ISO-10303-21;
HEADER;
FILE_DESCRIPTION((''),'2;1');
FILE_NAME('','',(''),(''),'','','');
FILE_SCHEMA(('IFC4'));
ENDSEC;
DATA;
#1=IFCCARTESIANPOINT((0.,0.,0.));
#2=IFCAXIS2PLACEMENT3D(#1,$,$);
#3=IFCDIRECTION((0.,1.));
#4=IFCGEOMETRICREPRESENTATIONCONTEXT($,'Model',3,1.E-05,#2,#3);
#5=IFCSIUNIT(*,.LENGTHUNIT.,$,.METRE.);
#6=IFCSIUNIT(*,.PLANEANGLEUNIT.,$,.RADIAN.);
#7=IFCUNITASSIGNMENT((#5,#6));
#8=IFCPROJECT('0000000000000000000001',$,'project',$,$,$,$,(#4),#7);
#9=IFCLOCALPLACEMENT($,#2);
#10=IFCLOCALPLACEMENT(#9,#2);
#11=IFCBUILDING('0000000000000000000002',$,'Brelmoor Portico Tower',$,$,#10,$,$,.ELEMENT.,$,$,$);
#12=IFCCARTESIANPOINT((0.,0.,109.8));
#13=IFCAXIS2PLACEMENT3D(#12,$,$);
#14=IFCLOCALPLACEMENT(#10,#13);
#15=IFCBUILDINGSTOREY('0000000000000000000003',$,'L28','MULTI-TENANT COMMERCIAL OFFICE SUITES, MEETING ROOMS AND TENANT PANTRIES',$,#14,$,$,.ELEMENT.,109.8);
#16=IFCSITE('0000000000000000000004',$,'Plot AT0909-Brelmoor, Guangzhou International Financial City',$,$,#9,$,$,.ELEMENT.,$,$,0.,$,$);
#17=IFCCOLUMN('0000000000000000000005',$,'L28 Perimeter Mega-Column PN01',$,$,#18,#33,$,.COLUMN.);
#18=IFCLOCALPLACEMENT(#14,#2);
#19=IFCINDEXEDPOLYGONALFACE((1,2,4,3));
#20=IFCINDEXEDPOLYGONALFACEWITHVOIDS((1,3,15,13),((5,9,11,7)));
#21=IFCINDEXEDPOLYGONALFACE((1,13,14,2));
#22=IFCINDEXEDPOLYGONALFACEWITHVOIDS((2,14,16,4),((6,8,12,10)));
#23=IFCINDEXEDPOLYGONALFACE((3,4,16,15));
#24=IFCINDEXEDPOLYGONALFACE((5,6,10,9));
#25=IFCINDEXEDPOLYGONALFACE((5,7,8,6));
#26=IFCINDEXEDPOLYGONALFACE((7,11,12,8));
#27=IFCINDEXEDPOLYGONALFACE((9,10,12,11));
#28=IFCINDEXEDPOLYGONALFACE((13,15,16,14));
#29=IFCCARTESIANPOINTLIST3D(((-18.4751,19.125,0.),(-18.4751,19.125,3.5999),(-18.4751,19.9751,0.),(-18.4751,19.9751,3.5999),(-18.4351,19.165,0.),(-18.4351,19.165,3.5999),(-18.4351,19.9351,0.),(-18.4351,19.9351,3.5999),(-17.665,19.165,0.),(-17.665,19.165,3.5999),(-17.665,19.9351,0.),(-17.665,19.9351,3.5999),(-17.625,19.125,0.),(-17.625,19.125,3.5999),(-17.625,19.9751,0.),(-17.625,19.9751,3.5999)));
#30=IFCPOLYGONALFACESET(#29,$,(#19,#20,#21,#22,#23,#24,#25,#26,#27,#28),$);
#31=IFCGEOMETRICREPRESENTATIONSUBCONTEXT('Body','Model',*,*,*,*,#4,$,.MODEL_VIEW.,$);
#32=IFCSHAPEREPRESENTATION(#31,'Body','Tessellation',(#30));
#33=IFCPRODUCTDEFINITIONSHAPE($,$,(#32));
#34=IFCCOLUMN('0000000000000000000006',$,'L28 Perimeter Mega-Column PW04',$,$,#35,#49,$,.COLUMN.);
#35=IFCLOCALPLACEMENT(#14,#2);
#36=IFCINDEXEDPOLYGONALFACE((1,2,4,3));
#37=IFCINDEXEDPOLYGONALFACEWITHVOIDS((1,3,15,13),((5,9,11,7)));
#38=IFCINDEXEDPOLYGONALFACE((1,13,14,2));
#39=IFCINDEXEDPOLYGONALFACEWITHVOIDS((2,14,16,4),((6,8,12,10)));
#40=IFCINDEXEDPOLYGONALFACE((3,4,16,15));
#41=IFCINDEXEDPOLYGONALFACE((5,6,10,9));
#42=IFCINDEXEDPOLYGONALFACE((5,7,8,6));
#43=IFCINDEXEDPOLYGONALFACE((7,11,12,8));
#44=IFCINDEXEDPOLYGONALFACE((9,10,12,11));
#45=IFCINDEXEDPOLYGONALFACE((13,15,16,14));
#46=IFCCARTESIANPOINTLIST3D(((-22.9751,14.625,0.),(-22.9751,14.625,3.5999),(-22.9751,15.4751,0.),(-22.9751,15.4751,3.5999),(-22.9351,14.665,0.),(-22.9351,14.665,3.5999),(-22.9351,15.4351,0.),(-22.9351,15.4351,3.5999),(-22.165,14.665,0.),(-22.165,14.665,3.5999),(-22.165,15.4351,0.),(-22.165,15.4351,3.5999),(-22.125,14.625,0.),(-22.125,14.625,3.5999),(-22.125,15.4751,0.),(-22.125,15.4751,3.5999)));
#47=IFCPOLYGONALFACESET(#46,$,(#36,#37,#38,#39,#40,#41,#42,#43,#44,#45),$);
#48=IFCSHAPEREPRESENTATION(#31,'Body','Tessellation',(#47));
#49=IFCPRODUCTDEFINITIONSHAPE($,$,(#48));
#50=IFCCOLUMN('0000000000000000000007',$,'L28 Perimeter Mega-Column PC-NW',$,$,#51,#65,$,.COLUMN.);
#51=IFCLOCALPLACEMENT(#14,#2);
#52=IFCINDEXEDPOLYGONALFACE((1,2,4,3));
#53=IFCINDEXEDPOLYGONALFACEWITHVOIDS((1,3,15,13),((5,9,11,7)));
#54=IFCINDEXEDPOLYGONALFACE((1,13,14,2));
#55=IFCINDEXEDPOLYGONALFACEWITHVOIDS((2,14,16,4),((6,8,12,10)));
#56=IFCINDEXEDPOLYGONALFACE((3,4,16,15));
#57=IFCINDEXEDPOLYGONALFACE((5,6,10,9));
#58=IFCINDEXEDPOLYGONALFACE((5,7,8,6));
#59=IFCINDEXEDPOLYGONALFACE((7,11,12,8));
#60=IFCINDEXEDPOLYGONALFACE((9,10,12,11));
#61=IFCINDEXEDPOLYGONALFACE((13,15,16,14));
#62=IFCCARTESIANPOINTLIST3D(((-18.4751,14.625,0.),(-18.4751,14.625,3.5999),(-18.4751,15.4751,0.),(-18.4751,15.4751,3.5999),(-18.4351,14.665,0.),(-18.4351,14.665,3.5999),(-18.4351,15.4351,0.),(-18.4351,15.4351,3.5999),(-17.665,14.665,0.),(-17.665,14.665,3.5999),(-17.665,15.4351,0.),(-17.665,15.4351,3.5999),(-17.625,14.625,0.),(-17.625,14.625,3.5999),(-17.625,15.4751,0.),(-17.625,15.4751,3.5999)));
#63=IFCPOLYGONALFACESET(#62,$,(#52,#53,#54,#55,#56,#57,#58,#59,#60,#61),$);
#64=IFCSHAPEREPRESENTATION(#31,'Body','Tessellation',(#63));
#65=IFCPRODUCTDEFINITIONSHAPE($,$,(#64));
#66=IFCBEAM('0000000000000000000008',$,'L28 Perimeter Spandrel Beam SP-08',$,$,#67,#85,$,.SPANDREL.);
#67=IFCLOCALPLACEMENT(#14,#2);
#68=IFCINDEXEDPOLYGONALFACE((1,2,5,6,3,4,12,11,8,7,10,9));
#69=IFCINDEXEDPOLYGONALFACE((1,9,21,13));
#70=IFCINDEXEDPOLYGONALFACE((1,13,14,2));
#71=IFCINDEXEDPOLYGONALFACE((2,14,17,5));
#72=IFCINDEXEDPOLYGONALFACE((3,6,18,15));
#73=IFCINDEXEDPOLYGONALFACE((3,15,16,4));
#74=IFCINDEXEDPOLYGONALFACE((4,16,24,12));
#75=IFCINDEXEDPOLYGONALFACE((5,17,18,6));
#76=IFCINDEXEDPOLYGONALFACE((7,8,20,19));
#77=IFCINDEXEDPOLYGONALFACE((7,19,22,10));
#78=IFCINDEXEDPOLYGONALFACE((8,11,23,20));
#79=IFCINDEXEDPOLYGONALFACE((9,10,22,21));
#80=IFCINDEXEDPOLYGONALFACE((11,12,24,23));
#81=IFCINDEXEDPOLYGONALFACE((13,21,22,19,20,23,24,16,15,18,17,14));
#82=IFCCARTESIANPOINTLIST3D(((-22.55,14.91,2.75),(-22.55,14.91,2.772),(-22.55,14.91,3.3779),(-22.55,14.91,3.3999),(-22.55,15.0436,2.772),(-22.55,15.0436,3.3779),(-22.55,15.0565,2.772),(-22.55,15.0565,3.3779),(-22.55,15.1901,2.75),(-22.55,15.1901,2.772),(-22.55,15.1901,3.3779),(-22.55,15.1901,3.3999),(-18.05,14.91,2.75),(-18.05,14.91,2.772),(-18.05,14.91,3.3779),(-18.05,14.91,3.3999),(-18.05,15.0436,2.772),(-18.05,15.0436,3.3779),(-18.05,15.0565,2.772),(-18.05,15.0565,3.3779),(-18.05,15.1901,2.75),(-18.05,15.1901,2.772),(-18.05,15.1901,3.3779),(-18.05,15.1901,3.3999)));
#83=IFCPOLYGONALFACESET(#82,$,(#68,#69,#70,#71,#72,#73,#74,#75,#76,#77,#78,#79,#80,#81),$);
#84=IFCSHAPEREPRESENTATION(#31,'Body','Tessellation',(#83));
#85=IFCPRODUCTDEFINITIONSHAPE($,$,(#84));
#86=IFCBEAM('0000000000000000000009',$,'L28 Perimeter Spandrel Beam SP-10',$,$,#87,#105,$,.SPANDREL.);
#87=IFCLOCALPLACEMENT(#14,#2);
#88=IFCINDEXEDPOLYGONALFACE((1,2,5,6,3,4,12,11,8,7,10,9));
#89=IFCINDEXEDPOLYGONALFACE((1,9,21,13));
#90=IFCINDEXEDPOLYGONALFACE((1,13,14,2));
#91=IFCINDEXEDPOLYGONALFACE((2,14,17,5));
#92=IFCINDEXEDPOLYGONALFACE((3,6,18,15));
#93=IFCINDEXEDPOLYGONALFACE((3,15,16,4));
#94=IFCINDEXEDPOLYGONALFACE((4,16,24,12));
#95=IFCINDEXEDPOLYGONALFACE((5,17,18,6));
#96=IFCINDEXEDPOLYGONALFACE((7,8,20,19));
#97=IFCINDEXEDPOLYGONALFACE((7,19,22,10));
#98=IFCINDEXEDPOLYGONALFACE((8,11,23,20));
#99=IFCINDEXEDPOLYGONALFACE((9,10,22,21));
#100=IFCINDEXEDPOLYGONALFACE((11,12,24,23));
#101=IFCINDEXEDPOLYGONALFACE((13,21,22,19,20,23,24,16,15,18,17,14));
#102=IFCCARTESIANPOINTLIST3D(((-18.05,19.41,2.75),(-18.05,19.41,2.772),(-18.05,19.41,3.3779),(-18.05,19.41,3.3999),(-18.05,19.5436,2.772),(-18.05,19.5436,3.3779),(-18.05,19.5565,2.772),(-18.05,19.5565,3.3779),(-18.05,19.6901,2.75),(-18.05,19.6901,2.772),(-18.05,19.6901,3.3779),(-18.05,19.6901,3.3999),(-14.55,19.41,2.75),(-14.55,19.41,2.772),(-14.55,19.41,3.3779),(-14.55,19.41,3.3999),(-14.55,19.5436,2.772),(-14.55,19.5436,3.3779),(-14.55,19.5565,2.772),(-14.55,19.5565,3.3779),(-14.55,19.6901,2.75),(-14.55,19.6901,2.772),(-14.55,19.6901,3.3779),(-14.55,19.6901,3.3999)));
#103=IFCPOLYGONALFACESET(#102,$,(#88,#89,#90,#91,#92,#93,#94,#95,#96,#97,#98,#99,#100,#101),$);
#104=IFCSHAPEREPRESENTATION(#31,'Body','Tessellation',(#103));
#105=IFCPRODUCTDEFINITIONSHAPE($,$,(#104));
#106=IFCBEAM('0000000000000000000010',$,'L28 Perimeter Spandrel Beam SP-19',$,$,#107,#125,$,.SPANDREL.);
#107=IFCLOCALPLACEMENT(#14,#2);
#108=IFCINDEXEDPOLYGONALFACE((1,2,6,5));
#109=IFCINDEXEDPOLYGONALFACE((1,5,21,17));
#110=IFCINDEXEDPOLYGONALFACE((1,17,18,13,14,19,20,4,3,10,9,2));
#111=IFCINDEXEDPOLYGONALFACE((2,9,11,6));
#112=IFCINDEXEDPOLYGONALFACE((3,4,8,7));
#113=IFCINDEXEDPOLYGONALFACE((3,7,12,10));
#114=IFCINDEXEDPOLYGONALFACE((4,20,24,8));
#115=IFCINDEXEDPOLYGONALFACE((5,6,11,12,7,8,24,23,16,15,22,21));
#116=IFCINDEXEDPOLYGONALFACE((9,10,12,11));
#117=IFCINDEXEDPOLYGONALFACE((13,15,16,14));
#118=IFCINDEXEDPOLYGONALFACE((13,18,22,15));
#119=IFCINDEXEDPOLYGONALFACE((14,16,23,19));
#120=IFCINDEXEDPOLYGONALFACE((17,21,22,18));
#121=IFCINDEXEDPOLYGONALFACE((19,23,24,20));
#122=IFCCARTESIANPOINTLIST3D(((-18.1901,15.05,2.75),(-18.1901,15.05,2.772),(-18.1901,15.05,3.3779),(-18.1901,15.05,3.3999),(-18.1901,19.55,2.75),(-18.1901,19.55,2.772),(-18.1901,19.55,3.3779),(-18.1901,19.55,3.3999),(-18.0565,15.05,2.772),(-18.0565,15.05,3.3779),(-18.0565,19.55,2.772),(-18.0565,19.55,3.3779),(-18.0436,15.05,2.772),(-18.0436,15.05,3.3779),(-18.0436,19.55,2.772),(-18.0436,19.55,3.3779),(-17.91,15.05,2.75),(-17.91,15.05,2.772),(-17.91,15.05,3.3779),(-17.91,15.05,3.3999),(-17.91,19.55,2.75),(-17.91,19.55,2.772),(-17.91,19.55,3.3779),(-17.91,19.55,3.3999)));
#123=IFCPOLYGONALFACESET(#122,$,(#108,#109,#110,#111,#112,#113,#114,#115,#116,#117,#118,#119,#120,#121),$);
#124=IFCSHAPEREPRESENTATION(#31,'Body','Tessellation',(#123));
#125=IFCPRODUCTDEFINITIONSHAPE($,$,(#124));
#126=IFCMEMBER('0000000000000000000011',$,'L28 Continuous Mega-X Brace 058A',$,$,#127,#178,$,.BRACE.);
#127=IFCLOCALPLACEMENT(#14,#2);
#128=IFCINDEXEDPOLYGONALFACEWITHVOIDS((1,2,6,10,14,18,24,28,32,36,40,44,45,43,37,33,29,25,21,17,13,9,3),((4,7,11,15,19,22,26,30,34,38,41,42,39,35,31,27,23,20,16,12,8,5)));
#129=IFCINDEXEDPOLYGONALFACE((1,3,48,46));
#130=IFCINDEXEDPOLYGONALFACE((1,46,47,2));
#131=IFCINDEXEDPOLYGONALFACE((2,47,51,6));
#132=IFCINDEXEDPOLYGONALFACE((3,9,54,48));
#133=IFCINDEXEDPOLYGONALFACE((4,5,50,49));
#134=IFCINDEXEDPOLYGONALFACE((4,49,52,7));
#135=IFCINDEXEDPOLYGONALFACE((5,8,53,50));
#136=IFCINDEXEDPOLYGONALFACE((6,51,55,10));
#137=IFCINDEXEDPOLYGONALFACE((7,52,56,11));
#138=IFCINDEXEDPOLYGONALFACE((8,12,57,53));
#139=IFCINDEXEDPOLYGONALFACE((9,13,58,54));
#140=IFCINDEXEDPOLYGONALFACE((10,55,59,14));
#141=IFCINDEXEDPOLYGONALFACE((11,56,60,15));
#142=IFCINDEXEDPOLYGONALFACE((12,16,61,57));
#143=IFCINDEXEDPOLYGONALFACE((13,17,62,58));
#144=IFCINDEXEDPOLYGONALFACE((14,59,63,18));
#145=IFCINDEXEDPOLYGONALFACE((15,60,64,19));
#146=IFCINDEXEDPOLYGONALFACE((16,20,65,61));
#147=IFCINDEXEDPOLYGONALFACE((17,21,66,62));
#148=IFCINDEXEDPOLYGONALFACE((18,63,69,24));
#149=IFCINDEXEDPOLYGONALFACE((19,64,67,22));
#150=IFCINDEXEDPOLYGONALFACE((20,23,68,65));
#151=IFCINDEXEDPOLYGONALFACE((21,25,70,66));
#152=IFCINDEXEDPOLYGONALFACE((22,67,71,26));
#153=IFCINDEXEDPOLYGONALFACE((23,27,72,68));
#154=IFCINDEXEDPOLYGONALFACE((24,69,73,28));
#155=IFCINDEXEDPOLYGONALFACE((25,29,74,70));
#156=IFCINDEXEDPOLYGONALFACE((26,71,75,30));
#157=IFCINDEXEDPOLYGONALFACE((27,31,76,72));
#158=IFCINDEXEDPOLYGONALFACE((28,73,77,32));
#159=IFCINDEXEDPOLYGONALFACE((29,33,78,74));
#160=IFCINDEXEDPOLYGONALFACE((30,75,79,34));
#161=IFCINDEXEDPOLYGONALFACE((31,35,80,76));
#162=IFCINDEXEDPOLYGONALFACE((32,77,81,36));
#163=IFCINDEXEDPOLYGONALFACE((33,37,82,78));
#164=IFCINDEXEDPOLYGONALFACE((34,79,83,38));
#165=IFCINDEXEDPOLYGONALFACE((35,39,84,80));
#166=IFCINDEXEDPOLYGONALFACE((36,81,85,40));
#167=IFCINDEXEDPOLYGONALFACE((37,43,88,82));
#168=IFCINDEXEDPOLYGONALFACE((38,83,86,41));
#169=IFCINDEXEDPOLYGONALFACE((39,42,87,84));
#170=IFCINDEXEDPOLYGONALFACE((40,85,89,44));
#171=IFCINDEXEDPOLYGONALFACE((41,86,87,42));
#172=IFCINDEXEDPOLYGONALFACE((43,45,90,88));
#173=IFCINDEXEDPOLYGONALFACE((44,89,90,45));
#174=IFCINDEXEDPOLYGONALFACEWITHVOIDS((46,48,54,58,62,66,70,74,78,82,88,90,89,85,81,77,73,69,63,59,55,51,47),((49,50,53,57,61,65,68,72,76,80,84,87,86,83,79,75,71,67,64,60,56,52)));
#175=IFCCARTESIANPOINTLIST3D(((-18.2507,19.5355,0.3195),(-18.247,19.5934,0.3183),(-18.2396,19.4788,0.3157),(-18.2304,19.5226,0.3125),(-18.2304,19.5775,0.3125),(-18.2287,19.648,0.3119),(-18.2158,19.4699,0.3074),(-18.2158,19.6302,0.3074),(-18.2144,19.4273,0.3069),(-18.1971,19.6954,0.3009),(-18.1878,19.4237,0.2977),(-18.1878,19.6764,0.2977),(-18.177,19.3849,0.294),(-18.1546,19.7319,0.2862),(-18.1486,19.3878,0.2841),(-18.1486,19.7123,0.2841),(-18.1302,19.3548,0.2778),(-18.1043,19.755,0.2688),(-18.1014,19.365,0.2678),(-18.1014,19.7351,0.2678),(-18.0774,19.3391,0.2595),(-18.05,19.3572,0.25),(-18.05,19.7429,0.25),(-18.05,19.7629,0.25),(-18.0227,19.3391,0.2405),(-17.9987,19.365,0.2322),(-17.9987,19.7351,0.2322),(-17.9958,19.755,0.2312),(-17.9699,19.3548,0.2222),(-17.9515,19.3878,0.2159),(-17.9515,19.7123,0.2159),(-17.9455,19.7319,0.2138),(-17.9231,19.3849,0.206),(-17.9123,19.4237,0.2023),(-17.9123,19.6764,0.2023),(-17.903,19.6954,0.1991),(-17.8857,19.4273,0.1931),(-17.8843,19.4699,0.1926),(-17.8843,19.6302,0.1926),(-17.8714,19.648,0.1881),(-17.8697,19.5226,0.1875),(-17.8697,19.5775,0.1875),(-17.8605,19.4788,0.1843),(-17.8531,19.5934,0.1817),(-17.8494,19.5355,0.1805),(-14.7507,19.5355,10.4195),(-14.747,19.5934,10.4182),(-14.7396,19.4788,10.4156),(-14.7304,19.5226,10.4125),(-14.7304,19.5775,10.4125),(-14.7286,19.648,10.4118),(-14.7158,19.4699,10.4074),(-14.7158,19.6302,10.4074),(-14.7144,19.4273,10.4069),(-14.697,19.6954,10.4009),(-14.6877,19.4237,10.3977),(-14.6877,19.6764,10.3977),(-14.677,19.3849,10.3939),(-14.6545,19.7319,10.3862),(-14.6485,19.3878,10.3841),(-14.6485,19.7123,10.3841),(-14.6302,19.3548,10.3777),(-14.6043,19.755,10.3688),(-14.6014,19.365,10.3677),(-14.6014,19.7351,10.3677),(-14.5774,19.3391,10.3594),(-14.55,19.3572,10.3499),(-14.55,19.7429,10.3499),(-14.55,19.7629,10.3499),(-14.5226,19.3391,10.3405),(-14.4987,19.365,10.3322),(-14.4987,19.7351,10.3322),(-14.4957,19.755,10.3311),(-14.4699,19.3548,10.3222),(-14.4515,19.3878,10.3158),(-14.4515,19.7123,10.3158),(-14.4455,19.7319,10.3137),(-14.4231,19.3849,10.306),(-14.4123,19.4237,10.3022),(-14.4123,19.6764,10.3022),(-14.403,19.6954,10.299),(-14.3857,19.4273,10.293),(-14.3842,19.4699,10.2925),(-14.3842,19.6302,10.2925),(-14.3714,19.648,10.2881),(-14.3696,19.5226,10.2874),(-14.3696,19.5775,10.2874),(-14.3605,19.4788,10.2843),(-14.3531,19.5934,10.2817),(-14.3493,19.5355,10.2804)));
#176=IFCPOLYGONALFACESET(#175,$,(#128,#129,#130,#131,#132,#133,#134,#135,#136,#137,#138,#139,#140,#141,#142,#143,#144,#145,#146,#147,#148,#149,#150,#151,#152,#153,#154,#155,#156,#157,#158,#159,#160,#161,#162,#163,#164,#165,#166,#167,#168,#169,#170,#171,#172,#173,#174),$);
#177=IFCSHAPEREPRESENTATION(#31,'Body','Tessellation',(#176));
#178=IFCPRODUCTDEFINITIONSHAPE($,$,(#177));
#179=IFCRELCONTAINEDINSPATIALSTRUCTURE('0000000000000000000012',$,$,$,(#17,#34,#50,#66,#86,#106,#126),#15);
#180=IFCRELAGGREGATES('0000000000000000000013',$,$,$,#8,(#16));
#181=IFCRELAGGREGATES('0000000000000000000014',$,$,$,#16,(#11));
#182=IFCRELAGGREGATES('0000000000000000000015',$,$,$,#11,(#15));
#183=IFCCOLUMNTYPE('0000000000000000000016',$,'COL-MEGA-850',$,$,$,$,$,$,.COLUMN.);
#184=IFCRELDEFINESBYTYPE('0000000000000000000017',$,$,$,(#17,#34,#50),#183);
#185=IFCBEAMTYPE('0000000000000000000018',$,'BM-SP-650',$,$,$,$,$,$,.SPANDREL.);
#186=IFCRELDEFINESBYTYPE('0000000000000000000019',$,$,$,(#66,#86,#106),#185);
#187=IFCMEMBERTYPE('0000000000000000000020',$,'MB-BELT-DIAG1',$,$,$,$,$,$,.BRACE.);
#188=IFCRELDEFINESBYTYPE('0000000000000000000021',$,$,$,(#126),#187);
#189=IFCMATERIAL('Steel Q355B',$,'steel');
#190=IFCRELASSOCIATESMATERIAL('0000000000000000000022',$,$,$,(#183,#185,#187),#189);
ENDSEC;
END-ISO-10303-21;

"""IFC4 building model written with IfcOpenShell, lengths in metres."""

from ifc_helpers import new_model, si_unit, direction, frame, origin, origin_2d, place, context, subcontext, project, spatial, hollow_rectangle, hollow_circle, i_section, extrude, material, material_profile, profile_set, type_object, element, save


model = new_model("IFC4")

# Units and contexts
model_context = context("Model", 3, precision=1e-05, world=origin(), true_north=direction((0.0, 1.0)))
body_context = subcontext(model_context, "Body", "Model", "MODEL_VIEW")
ifc_project = project(units=[si_unit("LENGTHUNIT", "METRE"), si_unit("PLANEANGLEUNIT", "RADIAN")], contexts=[model_context])

# Site, building, storey
site_placement = place(None, origin())
site = spatial("IfcSite", under=ifc_project, at=site_placement, Name="Plot AT0909-Brelmoor, Guangzhou International Financial City", CompositionType="ELEMENT", RefElevation=0.0)
building_placement = place(site_placement, origin())
building = spatial("IfcBuilding", under=site, at=building_placement, Name="Brelmoor Portico Tower", CompositionType="ELEMENT")
storey_placement = place(building_placement, frame((0.0, 0.0, 109.8)))
storey = spatial("IfcBuildingStorey", under=building, at=storey_placement, Name="L28", Description="MULTI-TENANT COMMERCIAL OFFICE SUITES, MEETING ROOMS AND TENANT PANTRIES", CompositionType="ELEMENT", Elevation=109.8)

# Columns
ifc_material_1 = material(Name="Steel Q355B", Category="steel")
ifc_material_profile_1 = material_profile(ifc_material_1, hollow_rectangle(XDim=0.8501, YDim=0.8501, WallThickness=0.04, at=origin_2d()), Name="BOX 850x850x40")
ifc_profile_set_1 = profile_set([ifc_material_profile_1], Name="Steel Q355B")
column_type = type_object("IfcColumnType", Name="COL-MEGA-850", PredefinedType="COLUMN", material=ifc_profile_set_1)
for number, where, z_axis, x_axis, name in (
    (1, (-18.05, 19.55, 0.0), (0.0, 0.0, 1.0), (1.0, 0.0, 0.0), "L28 Perimeter Mega-Column PN01"),
    (2, (-22.55, 15.05, 0.0), (0.0, 0.0, 1.0), (0.0, 1.0, 0.0), "L28 Perimeter Mega-Column PW04"),
    (3, (-18.05, 15.05, 0.0), (0.0, 0.0, 1.0), (1.0, 0.0, 0.0), "L28 Perimeter Mega-Column PC-NW"),
):
    element("IfcColumn", number, at=place(storey_placement, frame(where, z_axis=z_axis, x_axis=x_axis)), inside=storey, type_object=column_type, Name=name, PredefinedType="COLUMN", context=body_context, shape_type="SweptSolid", body=[
        extrude(hollow_rectangle(XDim=0.8501, YDim=0.8501, WallThickness=0.04, at=origin_2d()), origin(), (0.0, 0.0, 1.0), 3.5999),
    ])

# Beams
ifc_material_profile_2 = material_profile(ifc_material_1, i_section(OverallWidth=0.28, OverallDepth=0.6499, WebThickness=0.0129, FlangeThickness=0.022, at=origin_2d()), Name="HN 650x280x13x22")
ifc_profile_set_2 = profile_set([ifc_material_profile_2], Name="Steel Q355B")
beam_type = type_object("IfcBeamType", Name="BM-SP-650", PredefinedType="SPANDREL", material=ifc_profile_set_2)
beam_1_placement = place(storey_placement, frame((-22.55, 15.05, 3.075), z_axis=(1.0, 0.0, 0.0), x_axis=(0.0, 1.0, 0.0)))
element("IfcBeam", 4, at=beam_1_placement, inside=storey, type_object=beam_type, Name="L28 Perimeter Spandrel Beam SP-08", PredefinedType="SPANDREL", context=body_context, shape_type="SweptSolid", body=[
    extrude(i_section(OverallWidth=0.28, OverallDepth=0.6499, WebThickness=0.0129, FlangeThickness=0.022, at=origin_2d()), origin(), (0.0, 0.0, 1.0), 4.5),
])
beam_2_placement = place(storey_placement, frame((-18.05, 19.55, 3.075), z_axis=(1.0, 0.0, 0.0), x_axis=(0.0, 1.0, 0.0)))
element("IfcBeam", 5, at=beam_2_placement, inside=storey, type_object=beam_type, Name="L28 Perimeter Spandrel Beam SP-10", PredefinedType="SPANDREL", context=body_context, shape_type="SweptSolid", body=[
    extrude(i_section(OverallWidth=0.28, OverallDepth=0.6499, WebThickness=0.0129, FlangeThickness=0.022, at=origin_2d()), origin(), (0.0, 0.0, 1.0), 3.5),
])
beam_3_placement = place(storey_placement, frame((-18.05, 15.05, 3.075), z_axis=(0.0, 1.0, 0.0), x_axis=(-1.0, 0.0, 0.0)))
element("IfcBeam", 6, at=beam_3_placement, inside=storey, type_object=beam_type, Name="L28 Perimeter Spandrel Beam SP-19", PredefinedType="SPANDREL", context=body_context, shape_type="SweptSolid", body=[
    extrude(i_section(OverallWidth=0.28, OverallDepth=0.6499, WebThickness=0.0129, FlangeThickness=0.022, at=origin_2d()), origin(), (0.0, 0.0, 1.0), 4.5),
])

# Member
ifc_material_profile_3 = material_profile(ifc_material_1, hollow_circle(Radius=0.2129, WallThickness=0.02, at=origin_2d()), Name="CHS 426x20")
ifc_profile_set_3 = profile_set([ifc_material_profile_3], Name="Steel Q355B")
member_type_1 = type_object("IfcMemberType", Name="MB-BELT-DIAG1", PredefinedType="BRACE", material=ifc_profile_set_3)
member_1_placement = place(storey_placement, frame((-18.05, 19.55, 0.25), z_axis=(0.327436, 0.0, 0.944873), x_axis=(0.0, 1.0, 0.0)))
element("IfcMember", 7, at=member_1_placement, inside=storey, type_object=member_type_1, Name="L28 Continuous Mega-X Brace 058A", PredefinedType="BRACE", context=body_context, shape_type="SweptSolid", body=[
    extrude(hollow_circle(Radius=0.2129, WallThickness=0.02, at=origin_2d()), origin(), (0.0, 0.0, 1.0), 10.6892),
])

save(model, "model.ifc")
